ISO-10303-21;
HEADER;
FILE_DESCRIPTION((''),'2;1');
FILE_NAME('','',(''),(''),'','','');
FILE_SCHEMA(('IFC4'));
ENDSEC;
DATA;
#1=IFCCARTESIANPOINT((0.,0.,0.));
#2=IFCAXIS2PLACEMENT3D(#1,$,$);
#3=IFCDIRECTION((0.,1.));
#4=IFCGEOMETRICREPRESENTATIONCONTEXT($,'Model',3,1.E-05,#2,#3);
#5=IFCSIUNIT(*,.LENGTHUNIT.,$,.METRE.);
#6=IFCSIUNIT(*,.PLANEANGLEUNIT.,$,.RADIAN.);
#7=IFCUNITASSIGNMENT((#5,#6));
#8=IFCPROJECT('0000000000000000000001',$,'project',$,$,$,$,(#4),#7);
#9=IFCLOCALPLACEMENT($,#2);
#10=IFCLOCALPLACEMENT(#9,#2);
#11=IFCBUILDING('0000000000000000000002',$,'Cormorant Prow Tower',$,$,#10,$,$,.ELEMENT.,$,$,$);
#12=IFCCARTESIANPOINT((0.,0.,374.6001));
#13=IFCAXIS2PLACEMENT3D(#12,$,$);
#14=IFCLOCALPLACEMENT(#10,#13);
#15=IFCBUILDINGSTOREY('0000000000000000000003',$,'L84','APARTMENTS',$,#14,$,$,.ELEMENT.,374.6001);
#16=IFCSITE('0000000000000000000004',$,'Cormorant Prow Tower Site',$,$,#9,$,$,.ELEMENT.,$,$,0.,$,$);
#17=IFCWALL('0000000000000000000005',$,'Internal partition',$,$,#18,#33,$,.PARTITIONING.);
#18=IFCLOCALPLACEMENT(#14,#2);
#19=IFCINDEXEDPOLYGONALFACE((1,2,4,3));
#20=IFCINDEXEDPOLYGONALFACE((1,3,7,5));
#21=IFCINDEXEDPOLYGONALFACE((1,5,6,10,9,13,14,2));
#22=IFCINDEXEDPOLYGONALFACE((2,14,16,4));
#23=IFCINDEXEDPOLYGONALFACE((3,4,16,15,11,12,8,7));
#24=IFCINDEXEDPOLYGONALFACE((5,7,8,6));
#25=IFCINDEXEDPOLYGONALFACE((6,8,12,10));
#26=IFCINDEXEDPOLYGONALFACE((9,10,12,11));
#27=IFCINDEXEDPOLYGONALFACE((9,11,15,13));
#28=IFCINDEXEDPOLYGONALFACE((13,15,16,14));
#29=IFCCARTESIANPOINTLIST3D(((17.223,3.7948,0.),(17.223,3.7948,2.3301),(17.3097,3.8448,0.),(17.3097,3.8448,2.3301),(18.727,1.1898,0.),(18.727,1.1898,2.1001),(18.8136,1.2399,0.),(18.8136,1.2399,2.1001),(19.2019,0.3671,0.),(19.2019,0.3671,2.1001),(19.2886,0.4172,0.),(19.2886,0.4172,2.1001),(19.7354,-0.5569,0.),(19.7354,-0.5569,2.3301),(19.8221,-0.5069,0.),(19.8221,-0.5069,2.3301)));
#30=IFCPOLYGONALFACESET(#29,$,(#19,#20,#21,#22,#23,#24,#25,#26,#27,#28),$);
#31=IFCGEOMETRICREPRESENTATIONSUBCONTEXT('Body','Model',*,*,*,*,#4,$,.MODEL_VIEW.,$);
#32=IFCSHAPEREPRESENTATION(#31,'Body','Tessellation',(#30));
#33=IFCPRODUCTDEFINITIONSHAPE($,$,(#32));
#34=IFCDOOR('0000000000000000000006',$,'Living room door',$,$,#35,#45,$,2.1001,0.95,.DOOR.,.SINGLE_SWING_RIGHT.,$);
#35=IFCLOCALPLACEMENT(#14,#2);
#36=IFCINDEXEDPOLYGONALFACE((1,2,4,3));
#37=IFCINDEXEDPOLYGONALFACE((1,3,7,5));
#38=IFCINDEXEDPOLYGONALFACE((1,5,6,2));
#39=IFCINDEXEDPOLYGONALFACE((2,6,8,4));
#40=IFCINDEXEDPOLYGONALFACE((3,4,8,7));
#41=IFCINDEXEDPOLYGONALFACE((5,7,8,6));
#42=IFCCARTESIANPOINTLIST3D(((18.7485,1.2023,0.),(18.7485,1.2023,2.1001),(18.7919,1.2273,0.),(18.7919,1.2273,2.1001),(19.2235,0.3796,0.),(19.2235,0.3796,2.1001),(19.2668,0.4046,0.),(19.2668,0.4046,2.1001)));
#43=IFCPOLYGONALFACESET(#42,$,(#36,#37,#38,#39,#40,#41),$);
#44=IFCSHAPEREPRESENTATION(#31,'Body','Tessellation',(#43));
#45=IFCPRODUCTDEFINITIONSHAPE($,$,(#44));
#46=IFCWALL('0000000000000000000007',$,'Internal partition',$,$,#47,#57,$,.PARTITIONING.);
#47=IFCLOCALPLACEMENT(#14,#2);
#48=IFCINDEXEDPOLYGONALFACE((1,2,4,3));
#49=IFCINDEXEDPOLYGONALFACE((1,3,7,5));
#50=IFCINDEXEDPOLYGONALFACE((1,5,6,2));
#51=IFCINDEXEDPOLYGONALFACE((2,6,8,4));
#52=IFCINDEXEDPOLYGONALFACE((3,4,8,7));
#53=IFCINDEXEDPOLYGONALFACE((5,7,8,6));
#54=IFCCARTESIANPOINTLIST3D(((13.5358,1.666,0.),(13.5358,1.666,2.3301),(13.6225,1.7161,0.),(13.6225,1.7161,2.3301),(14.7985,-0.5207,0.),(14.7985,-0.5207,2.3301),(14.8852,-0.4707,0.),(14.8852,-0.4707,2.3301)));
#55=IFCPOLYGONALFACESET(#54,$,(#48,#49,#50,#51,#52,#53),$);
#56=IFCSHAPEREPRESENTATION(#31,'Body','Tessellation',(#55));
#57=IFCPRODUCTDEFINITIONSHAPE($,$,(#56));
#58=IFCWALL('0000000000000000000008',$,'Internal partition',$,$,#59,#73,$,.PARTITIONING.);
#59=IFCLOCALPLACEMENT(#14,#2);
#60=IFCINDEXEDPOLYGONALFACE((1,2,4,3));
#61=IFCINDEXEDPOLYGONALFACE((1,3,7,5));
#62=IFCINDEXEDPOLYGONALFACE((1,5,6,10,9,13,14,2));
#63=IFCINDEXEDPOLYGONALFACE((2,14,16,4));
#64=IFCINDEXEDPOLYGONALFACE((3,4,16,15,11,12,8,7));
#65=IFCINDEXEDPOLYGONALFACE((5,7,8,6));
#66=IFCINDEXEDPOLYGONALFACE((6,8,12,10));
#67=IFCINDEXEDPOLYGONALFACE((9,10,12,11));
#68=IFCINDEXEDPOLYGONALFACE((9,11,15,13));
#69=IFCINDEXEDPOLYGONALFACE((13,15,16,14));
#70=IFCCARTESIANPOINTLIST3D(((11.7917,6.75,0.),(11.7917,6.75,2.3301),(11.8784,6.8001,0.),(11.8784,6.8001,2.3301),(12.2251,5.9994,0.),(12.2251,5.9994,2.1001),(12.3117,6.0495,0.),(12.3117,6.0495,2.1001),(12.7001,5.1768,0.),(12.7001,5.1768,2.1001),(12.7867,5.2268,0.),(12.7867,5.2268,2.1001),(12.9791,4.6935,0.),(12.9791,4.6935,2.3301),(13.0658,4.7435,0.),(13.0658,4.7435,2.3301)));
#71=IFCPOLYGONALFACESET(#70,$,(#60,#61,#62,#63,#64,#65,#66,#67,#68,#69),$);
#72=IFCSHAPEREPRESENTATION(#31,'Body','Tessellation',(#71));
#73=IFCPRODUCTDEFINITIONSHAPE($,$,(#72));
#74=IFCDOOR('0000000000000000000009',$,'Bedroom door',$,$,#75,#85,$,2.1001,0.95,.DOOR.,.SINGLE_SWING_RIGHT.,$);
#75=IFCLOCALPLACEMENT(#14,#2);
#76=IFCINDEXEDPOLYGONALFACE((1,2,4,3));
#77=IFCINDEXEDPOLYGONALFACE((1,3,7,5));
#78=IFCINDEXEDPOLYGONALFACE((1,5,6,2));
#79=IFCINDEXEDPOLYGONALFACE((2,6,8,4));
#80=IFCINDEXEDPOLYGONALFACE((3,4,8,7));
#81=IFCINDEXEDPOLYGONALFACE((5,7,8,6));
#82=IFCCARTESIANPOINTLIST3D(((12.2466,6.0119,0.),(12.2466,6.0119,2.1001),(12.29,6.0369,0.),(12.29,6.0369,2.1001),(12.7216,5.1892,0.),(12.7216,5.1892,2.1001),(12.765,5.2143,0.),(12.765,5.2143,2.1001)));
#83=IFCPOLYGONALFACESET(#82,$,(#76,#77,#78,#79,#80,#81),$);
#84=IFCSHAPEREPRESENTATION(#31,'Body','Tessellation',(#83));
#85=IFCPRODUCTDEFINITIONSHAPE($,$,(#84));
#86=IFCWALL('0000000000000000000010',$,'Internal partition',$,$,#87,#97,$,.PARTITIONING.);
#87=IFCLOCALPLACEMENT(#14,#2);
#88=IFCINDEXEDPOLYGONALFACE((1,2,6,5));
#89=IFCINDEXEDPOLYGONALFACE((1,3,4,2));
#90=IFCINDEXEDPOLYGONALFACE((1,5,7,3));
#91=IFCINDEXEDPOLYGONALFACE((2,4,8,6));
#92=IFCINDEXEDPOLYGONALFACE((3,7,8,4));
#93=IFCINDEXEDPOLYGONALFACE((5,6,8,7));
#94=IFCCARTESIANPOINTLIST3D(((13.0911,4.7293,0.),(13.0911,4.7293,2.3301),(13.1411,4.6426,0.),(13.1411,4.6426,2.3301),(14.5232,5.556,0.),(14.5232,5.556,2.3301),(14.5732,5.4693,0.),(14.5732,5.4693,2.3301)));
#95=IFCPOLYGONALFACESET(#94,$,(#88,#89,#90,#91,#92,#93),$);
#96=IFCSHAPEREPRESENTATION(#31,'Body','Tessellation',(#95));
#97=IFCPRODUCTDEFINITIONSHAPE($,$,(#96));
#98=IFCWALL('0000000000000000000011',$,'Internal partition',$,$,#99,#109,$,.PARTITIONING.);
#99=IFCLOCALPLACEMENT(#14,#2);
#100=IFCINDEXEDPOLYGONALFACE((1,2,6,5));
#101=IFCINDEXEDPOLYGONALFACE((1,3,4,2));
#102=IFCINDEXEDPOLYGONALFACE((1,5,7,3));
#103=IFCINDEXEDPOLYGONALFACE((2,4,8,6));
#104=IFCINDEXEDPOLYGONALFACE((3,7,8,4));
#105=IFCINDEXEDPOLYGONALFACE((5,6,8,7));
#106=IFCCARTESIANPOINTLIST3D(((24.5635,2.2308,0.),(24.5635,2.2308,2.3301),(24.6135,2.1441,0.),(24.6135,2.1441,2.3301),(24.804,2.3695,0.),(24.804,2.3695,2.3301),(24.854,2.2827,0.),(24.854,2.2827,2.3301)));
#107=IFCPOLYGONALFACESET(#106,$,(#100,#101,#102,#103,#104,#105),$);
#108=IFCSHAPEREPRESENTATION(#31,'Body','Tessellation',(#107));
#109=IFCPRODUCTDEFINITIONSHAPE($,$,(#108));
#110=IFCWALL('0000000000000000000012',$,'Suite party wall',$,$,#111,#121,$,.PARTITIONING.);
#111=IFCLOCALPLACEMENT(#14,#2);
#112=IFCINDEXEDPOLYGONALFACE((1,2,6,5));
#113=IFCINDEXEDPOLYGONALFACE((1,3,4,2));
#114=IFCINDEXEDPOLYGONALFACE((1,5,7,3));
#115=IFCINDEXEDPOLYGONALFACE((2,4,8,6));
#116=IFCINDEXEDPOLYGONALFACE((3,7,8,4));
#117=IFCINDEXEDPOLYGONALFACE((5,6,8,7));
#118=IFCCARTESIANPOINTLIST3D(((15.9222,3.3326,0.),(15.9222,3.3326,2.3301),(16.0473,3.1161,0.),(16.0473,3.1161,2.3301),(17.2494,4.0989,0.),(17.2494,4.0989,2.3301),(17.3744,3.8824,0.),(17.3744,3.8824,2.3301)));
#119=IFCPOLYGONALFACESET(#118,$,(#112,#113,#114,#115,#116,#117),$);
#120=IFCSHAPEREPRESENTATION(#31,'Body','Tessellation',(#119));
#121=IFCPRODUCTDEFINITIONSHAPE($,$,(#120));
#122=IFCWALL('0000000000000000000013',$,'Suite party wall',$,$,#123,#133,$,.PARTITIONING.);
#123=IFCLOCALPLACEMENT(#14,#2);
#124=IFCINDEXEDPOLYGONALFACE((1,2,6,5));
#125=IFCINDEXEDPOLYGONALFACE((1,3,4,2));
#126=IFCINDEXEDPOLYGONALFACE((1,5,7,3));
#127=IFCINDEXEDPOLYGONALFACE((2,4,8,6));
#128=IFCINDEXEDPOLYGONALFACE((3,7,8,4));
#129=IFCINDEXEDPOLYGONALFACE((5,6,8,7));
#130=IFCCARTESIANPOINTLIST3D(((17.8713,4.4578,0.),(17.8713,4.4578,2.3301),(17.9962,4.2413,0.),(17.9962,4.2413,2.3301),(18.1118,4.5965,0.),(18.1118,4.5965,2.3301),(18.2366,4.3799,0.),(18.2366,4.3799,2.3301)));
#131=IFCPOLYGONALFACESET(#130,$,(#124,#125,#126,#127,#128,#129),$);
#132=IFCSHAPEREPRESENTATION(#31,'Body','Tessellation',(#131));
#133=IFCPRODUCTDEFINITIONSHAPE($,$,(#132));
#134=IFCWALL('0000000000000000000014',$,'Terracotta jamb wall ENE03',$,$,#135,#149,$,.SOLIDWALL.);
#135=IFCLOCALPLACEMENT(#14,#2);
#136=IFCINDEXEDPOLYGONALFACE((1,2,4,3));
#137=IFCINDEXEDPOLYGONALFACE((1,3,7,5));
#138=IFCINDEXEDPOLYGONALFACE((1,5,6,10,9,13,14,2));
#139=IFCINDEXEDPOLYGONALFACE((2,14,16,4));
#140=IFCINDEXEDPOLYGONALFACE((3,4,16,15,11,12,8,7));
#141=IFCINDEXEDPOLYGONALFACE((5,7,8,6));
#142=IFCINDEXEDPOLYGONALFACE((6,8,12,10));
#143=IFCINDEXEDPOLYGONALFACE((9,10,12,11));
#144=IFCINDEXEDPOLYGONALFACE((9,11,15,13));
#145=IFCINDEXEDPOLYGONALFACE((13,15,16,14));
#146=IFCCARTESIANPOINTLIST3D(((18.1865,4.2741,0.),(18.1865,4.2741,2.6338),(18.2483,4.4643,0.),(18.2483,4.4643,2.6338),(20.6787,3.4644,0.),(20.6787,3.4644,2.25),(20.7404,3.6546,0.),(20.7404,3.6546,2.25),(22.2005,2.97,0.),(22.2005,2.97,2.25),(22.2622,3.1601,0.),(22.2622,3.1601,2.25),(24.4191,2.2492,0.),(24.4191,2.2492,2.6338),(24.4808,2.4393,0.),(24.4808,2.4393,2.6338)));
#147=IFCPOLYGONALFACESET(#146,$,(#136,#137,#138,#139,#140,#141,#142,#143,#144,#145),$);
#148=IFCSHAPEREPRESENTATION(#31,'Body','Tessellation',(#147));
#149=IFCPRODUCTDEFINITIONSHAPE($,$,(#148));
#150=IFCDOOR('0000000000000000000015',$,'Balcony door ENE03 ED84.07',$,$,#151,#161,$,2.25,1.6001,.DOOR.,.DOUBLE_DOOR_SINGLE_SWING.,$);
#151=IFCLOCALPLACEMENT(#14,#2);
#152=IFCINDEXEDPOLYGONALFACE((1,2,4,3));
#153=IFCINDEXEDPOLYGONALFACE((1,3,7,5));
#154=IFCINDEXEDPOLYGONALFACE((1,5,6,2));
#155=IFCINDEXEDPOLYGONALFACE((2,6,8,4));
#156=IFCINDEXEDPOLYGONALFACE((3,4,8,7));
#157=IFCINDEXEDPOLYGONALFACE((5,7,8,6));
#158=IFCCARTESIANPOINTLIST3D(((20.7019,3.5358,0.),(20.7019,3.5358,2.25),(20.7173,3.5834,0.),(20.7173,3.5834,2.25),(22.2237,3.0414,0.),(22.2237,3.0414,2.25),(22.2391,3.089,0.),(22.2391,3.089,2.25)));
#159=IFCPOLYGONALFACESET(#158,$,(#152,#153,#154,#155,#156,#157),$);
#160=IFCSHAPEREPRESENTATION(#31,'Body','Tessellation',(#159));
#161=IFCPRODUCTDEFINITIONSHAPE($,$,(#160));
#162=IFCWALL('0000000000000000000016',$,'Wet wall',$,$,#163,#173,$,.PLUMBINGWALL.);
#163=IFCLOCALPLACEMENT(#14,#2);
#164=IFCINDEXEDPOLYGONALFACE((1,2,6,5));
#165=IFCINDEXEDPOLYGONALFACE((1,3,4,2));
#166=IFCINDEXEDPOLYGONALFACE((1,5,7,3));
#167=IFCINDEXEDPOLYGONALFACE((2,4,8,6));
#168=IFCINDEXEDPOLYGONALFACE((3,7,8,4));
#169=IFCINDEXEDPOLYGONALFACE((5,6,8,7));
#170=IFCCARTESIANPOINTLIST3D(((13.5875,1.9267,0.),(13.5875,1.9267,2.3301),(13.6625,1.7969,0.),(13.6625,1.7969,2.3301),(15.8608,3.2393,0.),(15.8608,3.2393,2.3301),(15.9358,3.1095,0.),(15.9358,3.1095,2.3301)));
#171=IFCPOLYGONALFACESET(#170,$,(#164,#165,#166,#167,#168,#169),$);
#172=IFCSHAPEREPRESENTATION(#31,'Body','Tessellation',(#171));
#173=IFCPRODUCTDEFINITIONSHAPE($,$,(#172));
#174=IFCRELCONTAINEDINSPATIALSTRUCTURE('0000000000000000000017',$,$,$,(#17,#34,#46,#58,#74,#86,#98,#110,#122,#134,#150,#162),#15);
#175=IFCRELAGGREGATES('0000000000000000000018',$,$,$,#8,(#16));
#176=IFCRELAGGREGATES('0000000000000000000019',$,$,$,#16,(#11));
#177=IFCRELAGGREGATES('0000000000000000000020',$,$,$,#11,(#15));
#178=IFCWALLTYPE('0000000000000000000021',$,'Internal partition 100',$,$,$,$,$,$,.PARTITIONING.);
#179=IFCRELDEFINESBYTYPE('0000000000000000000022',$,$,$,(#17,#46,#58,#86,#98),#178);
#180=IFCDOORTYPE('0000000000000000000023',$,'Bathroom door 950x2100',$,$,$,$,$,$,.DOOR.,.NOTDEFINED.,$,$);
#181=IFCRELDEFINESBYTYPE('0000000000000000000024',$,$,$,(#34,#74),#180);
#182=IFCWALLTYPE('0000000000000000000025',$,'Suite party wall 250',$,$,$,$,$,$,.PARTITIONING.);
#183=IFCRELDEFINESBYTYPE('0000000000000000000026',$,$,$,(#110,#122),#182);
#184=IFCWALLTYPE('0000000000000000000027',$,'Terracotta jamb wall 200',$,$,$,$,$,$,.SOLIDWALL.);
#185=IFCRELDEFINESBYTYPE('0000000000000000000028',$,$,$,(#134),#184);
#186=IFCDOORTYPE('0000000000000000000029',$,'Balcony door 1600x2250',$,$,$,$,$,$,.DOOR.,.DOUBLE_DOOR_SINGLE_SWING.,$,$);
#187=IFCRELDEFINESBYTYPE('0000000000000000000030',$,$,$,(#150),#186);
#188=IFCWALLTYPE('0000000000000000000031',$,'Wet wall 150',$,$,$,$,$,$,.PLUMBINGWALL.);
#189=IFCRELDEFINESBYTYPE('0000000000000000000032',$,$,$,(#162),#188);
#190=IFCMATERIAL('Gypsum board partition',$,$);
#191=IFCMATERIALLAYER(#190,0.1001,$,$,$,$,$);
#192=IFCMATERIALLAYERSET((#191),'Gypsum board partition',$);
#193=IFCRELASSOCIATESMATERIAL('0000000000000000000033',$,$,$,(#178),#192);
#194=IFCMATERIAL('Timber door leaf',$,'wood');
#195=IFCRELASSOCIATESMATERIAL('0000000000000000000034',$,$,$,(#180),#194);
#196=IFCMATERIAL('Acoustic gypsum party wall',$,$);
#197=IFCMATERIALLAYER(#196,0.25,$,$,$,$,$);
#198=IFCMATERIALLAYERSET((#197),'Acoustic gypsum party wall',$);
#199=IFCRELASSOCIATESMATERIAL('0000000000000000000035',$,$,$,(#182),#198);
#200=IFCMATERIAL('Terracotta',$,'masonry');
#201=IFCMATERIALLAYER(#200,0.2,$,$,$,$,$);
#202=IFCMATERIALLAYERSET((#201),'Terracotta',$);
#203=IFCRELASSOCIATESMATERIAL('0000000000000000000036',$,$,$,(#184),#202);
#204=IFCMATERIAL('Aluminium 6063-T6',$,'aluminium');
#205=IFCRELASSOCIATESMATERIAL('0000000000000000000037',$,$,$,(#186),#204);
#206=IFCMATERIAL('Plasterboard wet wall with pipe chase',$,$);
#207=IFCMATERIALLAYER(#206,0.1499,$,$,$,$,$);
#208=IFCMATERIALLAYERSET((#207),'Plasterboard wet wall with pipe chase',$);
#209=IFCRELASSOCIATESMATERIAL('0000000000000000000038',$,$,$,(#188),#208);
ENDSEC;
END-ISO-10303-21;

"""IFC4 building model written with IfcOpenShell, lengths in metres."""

from ifc_helpers import new_model, si_unit, direction, frame, frame_2d, origin, place, context, subcontext, project, spatial, rectangle, extrude, material, layer, layer_set, type_object, element, fill, save


model = new_model("IFC4")

# Units and contexts
model_context = context("Model", 3, precision=1e-05, world=origin(), true_north=direction((0.0, 1.0)))
body_context = subcontext(model_context, "Body", "Model", "MODEL_VIEW")
ifc_project = project(units=[si_unit("LENGTHUNIT", "METRE"), si_unit("PLANEANGLEUNIT", "RADIAN")], contexts=[model_context])

# Site, building, storey
site_placement = place(None, origin())
site = spatial("IfcSite", under=ifc_project, at=site_placement, Name="Cormorant Prow Tower Site", CompositionType="ELEMENT", RefElevation=0.0)
building_placement = place(site_placement, origin())
building = spatial("IfcBuilding", under=site, at=building_placement, Name="Cormorant Prow Tower", CompositionType="ELEMENT")
storey_placement = place(building_placement, frame((0.0, 0.0, 374.6001)))
storey = spatial("IfcBuildingStorey", under=building, at=storey_placement, Name="L84", Description="APARTMENTS", CompositionType="ELEMENT", Elevation=374.6001)

# Wall, opening, door
ifc_material_1 = material(Name="Gypsum board partition")
ifc_layer_1 = layer(ifc_material_1, 0.1001)
ifc_layer_set_1 = layer_set([ifc_layer_1], Name="Gypsum board partition")
wall_type_1 = type_object("IfcWallType", Name="Internal partition 100", PredefinedType="PARTITIONING", material=ifc_layer_set_1)
ifc_material_2 = material(Name="Timber door leaf", Category="wood")
door_type_1 = type_object("IfcDoorType", Name="Bathroom door 950x2100", OperationType="NOTDEFINED", PredefinedType="DOOR", material=ifc_material_2)
wall_1_placement = place(storey_placement, frame((17.2664, 3.8198, 0.0), z_axis=(0.0, 0.0, 1.0), x_axis=(0.49999, -0.866031, 0.0)))
wall_1 = element("IfcWall", 1, at=wall_1_placement, inside=storey, type_object=wall_type_1, Name="Internal partition", PredefinedType="PARTITIONING", context=body_context, shape_type="SweptSolid", body=[
    extrude(rectangle(XDim=5.0249, YDim=0.1001, at=frame_2d((2.5125, 0.0))), origin(), (0.0, 0.0, 1.0), 2.3301),
])
opening_1_placement = place(wall_1_placement, frame((3.0078, 0.0, 0.0)))
opening_1 = element("IfcOpeningElement", 2, at=opening_1_placement, cuts=wall_1, PredefinedType="OPENING", context=body_context, shape_type="SweptSolid", body=[
    extrude(rectangle(XDim=0.95, YDim=2.1001, at=frame_2d((0.4751, 1.05))), frame((0.0, 0.0601, 0.0), z_axis=(0.0, -1.0, 0.0), x_axis=(1.0, 0.0, 0.0)), (0.0, 0.0, 1.0), 0.1201),
])
door_1_placement = place(opening_1_placement, origin())
door_1 = element("IfcDoor", 3, at=door_1_placement, inside=storey, type_object=door_type_1, Name="Living room door", OperationType="SINGLE_SWING_RIGHT", OverallHeight=2.1001, OverallWidth=0.95, PredefinedType="DOOR", context=body_context, shape_type="SweptSolid", body=[
    extrude(rectangle(XDim=0.95, YDim=2.1001, at=frame_2d((0.4751, 1.05))), frame((0.0, 0.0249, 0.0), z_axis=(0.0, -1.0, 0.0), x_axis=(1.0, 0.0, 0.0)), (0.0, 0.0, 1.0), 0.05),
])
fill(opening_1, door_1)

# Wall
wall_2_placement = place(storey_placement, frame((13.5791, 1.6912, 0.0), z_axis=(0.0, 0.0, 1.0), x_axis=(0.500049, -0.865997, 0.0)))
element("IfcWall", 4, at=wall_2_placement, inside=storey, type_object=wall_type_1, Name="Internal partition", PredefinedType="PARTITIONING", context=body_context, shape_type="SweptSolid", body=[
    extrude(rectangle(XDim=2.5251, YDim=0.1001, at=frame_2d((1.2627, 0.0))), origin(), (0.0, 0.0, 1.0), 2.3301),
])

# Wall, opening, door
wall_3_placement = place(storey_placement, frame((11.835, 6.7751, 0.0), z_axis=(0.0, 0.0, 1.0), x_axis=(0.500031, -0.866008, 0.0)))
wall_3 = element("IfcWall", 5, at=wall_3_placement, inside=storey, type_object=wall_type_1, Name="Internal partition", PredefinedType="PARTITIONING", context=body_context, shape_type="SweptSolid", body=[
    extrude(rectangle(XDim=2.3748, YDim=0.1001, at=frame_2d((1.1875, 0.0))), origin(), (0.0, 0.0, 1.0), 2.3301),
])
opening_2_placement = place(wall_3_placement, frame((0.8667, 0.0, 0.0)))
opening_2 = element("IfcOpeningElement", 6, at=opening_2_placement, cuts=wall_3, PredefinedType="OPENING", context=body_context, shape_type="SweptSolid", body=[
    extrude(rectangle(XDim=0.95, YDim=2.1001, at=frame_2d((0.4751, 1.05))), frame((0.0, 0.0601, 0.0), z_axis=(0.0, -1.0, 0.0), x_axis=(1.0, 0.0, 0.0)), (0.0, 0.0, 1.0), 0.1201),
])
door_2_placement = place(opening_2_placement, origin())
door_2 = element("IfcDoor", 7, at=door_2_placement, inside=storey, type_object=door_type_1, Name="Bedroom door", OperationType="SINGLE_SWING_RIGHT", OverallHeight=2.1001, OverallWidth=0.95, PredefinedType="DOOR", context=body_context, shape_type="SweptSolid", body=[
    extrude(rectangle(XDim=0.95, YDim=2.1001, at=frame_2d((0.4751, 1.05))), frame((0.0, 0.0249, 0.0), z_axis=(0.0, -1.0, 0.0), x_axis=(1.0, 0.0, 0.0)), (0.0, 0.0, 1.0), 0.05),
])
fill(opening_2, door_2)

# Walls
wall_4_placement = place(storey_placement, frame((13.1162, 4.686, 0.0), z_axis=(0.0, 0.0, 1.0), x_axis=(0.866072, 0.499918, 0.0)))
element("IfcWall", 8, at=wall_4_placement, inside=storey, type_object=wall_type_1, Name="Internal partition", PredefinedType="PARTITIONING", context=body_context, shape_type="SweptSolid", body=[
    extrude(rectangle(XDim=1.6536, YDim=0.1001, at=frame_2d((0.8267, 0.0))), origin(), (0.0, 0.0, 1.0), 2.3301),
])
wall_5_placement = place(storey_placement, frame((24.5886, 2.1875, 0.0), z_axis=(0.0, 0.0, 1.0), x_axis=(0.866288, 0.499545, 0.0)))
element("IfcWall", 9, at=wall_5_placement, inside=storey, type_object=wall_type_1, Name="Internal partition", PredefinedType="PARTITIONING", context=body_context, shape_type="SweptSolid", body=[
    extrude(rectangle(XDim=0.2776, YDim=0.1001, at=frame_2d((0.1387, 0.0))), origin(), (0.0, 0.0, 1.0), 2.3301),
])
ifc_material_3 = material(Name="Acoustic gypsum party wall")
ifc_layer_2 = layer(ifc_material_3, 0.25)
ifc_layer_set_2 = layer_set([ifc_layer_2], Name="Acoustic gypsum party wall")
wall_type_2 = type_object("IfcWallType", Name="Suite party wall 250", PredefinedType="PARTITIONING", material=ifc_layer_set_2)
wall_6_placement = place(storey_placement, frame((15.9849, 3.2244, 0.0), z_axis=(0.0, 0.0, 1.0), x_axis=(0.865989, 0.500063, 0.0)))
element("IfcWall", 10, at=wall_6_placement, inside=storey, type_object=wall_type_2, Name="Suite party wall", PredefinedType="PARTITIONING", context=body_context, shape_type="SweptSolid", body=[
    extrude(rectangle(XDim=1.5325, YDim=0.25, at=frame_2d((0.7661, 0.0))), origin(), (0.0, 0.0, 1.0), 2.3301),
])
wall_7_placement = place(storey_placement, frame((17.9338, 4.3496, 0.0), z_axis=(0.0, 0.0, 1.0), x_axis=(0.866288, 0.499545, 0.0)))
element("IfcWall", 11, at=wall_7_placement, inside=storey, type_object=wall_type_2, Name="Suite party wall", PredefinedType="PARTITIONING", context=body_context, shape_type="SweptSolid", body=[
    extrude(rectangle(XDim=0.2776, YDim=0.25, at=frame_2d((0.1387, 0.0))), origin(), (0.0, 0.0, 1.0), 2.3301),
])

# Wall, opening, door
ifc_material_4 = material(Name="Terracotta", Category="masonry")
ifc_layer_3 = layer(ifc_material_4, 0.2)
ifc_layer_set_3 = layer_set([ifc_layer_3], Name="Terracotta")
wall_type_3 = type_object("IfcWallType", Name="Terracotta jamb wall 200", PredefinedType="SOLIDWALL", material=ifc_layer_set_3)
wall_8_placement = place(storey_placement, frame((24.45, 2.3442, 0.0), z_axis=(0.0, 0.0, 1.0), x_axis=(-0.951063, 0.308998, 0.0)))
wall_8 = element("IfcWall", 12, at=wall_8_placement, inside=storey, type_object=wall_type_3, Name="Terracotta jamb wall ENE03", PredefinedType="SOLIDWALL", context=body_context, shape_type="SweptSolid", body=[
    extrude(rectangle(XDim=6.5532, YDim=0.2, at=frame_2d((3.2766, 0.0))), origin(), (0.0, 0.0, 1.0), 2.6338),
])
opening_3_placement = place(wall_8_placement, frame((2.3328, 0.0, 0.0)))
opening_3 = element("IfcOpeningElement", 13, at=opening_3_placement, cuts=wall_8, PredefinedType="OPENING", context=body_context, shape_type="SweptSolid", body=[
    extrude(rectangle(XDim=1.6001, YDim=2.25, at=frame_2d((0.8, 1.125))), frame((0.0, 0.1099, 0.0), z_axis=(0.0, -1.0, 0.0), x_axis=(1.0, 0.0, 0.0)), (0.0, 0.0, 1.0), 0.22),
])
ifc_material_5 = material(Name="Aluminium 6063-T6", Category="aluminium")
door_type_2 = type_object("IfcDoorType", Name="Balcony door 1600x2250", OperationType="DOUBLE_DOOR_SINGLE_SWING", PredefinedType="DOOR", material=ifc_material_5)
door_3_placement = place(opening_3_placement, origin())
door_3 = element("IfcDoor", 14, at=door_3_placement, inside=storey, type_object=door_type_2, Name="Balcony door ENE03 ED84.07", OperationType="DOUBLE_DOOR_SINGLE_SWING", OverallHeight=2.25, OverallWidth=1.6001, PredefinedType="DOOR", context=body_context, shape_type="SweptSolid", body=[
    extrude(rectangle(XDim=1.6001, YDim=2.25, at=frame_2d((0.8, 1.125))), frame((0.0, 0.0249, 0.0), z_axis=(0.0, -1.0, 0.0), x_axis=(1.0, 0.0, 0.0)), (0.0, 0.0, 1.0), 0.05),
])
fill(opening_3, door_3)

# Wall
ifc_material_6 = material(Name="Plasterboard wet wall with pipe chase")
ifc_layer_4 = layer(ifc_material_6, 0.1499)
ifc_layer_set_4 = layer_set([ifc_layer_4], Name="Plasterboard wet wall with pipe chase")
wall_type_4 = type_object("IfcWallType", Name="Wet wall 150", PredefinedType="PLUMBINGWALL", material=ifc_layer_set_4)
wall_9_placement = place(storey_placement, frame((13.625, 1.8618, 0.0), z_axis=(0.0, 0.0, 1.0), x_axis=(0.866014, 0.50002, 0.0)))
element("IfcWall", 15, at=wall_9_placement, inside=storey, type_object=wall_type_4, Name="Wet wall", PredefinedType="PLUMBINGWALL", context=body_context, shape_type="SweptSolid", body=[
    extrude(rectangle(XDim=2.625, YDim=0.1499, at=frame_2d((1.3125, 0.0))), origin(), (0.0, 0.0, 1.0), 2.3301),
])

save(model, "model.ifc")
